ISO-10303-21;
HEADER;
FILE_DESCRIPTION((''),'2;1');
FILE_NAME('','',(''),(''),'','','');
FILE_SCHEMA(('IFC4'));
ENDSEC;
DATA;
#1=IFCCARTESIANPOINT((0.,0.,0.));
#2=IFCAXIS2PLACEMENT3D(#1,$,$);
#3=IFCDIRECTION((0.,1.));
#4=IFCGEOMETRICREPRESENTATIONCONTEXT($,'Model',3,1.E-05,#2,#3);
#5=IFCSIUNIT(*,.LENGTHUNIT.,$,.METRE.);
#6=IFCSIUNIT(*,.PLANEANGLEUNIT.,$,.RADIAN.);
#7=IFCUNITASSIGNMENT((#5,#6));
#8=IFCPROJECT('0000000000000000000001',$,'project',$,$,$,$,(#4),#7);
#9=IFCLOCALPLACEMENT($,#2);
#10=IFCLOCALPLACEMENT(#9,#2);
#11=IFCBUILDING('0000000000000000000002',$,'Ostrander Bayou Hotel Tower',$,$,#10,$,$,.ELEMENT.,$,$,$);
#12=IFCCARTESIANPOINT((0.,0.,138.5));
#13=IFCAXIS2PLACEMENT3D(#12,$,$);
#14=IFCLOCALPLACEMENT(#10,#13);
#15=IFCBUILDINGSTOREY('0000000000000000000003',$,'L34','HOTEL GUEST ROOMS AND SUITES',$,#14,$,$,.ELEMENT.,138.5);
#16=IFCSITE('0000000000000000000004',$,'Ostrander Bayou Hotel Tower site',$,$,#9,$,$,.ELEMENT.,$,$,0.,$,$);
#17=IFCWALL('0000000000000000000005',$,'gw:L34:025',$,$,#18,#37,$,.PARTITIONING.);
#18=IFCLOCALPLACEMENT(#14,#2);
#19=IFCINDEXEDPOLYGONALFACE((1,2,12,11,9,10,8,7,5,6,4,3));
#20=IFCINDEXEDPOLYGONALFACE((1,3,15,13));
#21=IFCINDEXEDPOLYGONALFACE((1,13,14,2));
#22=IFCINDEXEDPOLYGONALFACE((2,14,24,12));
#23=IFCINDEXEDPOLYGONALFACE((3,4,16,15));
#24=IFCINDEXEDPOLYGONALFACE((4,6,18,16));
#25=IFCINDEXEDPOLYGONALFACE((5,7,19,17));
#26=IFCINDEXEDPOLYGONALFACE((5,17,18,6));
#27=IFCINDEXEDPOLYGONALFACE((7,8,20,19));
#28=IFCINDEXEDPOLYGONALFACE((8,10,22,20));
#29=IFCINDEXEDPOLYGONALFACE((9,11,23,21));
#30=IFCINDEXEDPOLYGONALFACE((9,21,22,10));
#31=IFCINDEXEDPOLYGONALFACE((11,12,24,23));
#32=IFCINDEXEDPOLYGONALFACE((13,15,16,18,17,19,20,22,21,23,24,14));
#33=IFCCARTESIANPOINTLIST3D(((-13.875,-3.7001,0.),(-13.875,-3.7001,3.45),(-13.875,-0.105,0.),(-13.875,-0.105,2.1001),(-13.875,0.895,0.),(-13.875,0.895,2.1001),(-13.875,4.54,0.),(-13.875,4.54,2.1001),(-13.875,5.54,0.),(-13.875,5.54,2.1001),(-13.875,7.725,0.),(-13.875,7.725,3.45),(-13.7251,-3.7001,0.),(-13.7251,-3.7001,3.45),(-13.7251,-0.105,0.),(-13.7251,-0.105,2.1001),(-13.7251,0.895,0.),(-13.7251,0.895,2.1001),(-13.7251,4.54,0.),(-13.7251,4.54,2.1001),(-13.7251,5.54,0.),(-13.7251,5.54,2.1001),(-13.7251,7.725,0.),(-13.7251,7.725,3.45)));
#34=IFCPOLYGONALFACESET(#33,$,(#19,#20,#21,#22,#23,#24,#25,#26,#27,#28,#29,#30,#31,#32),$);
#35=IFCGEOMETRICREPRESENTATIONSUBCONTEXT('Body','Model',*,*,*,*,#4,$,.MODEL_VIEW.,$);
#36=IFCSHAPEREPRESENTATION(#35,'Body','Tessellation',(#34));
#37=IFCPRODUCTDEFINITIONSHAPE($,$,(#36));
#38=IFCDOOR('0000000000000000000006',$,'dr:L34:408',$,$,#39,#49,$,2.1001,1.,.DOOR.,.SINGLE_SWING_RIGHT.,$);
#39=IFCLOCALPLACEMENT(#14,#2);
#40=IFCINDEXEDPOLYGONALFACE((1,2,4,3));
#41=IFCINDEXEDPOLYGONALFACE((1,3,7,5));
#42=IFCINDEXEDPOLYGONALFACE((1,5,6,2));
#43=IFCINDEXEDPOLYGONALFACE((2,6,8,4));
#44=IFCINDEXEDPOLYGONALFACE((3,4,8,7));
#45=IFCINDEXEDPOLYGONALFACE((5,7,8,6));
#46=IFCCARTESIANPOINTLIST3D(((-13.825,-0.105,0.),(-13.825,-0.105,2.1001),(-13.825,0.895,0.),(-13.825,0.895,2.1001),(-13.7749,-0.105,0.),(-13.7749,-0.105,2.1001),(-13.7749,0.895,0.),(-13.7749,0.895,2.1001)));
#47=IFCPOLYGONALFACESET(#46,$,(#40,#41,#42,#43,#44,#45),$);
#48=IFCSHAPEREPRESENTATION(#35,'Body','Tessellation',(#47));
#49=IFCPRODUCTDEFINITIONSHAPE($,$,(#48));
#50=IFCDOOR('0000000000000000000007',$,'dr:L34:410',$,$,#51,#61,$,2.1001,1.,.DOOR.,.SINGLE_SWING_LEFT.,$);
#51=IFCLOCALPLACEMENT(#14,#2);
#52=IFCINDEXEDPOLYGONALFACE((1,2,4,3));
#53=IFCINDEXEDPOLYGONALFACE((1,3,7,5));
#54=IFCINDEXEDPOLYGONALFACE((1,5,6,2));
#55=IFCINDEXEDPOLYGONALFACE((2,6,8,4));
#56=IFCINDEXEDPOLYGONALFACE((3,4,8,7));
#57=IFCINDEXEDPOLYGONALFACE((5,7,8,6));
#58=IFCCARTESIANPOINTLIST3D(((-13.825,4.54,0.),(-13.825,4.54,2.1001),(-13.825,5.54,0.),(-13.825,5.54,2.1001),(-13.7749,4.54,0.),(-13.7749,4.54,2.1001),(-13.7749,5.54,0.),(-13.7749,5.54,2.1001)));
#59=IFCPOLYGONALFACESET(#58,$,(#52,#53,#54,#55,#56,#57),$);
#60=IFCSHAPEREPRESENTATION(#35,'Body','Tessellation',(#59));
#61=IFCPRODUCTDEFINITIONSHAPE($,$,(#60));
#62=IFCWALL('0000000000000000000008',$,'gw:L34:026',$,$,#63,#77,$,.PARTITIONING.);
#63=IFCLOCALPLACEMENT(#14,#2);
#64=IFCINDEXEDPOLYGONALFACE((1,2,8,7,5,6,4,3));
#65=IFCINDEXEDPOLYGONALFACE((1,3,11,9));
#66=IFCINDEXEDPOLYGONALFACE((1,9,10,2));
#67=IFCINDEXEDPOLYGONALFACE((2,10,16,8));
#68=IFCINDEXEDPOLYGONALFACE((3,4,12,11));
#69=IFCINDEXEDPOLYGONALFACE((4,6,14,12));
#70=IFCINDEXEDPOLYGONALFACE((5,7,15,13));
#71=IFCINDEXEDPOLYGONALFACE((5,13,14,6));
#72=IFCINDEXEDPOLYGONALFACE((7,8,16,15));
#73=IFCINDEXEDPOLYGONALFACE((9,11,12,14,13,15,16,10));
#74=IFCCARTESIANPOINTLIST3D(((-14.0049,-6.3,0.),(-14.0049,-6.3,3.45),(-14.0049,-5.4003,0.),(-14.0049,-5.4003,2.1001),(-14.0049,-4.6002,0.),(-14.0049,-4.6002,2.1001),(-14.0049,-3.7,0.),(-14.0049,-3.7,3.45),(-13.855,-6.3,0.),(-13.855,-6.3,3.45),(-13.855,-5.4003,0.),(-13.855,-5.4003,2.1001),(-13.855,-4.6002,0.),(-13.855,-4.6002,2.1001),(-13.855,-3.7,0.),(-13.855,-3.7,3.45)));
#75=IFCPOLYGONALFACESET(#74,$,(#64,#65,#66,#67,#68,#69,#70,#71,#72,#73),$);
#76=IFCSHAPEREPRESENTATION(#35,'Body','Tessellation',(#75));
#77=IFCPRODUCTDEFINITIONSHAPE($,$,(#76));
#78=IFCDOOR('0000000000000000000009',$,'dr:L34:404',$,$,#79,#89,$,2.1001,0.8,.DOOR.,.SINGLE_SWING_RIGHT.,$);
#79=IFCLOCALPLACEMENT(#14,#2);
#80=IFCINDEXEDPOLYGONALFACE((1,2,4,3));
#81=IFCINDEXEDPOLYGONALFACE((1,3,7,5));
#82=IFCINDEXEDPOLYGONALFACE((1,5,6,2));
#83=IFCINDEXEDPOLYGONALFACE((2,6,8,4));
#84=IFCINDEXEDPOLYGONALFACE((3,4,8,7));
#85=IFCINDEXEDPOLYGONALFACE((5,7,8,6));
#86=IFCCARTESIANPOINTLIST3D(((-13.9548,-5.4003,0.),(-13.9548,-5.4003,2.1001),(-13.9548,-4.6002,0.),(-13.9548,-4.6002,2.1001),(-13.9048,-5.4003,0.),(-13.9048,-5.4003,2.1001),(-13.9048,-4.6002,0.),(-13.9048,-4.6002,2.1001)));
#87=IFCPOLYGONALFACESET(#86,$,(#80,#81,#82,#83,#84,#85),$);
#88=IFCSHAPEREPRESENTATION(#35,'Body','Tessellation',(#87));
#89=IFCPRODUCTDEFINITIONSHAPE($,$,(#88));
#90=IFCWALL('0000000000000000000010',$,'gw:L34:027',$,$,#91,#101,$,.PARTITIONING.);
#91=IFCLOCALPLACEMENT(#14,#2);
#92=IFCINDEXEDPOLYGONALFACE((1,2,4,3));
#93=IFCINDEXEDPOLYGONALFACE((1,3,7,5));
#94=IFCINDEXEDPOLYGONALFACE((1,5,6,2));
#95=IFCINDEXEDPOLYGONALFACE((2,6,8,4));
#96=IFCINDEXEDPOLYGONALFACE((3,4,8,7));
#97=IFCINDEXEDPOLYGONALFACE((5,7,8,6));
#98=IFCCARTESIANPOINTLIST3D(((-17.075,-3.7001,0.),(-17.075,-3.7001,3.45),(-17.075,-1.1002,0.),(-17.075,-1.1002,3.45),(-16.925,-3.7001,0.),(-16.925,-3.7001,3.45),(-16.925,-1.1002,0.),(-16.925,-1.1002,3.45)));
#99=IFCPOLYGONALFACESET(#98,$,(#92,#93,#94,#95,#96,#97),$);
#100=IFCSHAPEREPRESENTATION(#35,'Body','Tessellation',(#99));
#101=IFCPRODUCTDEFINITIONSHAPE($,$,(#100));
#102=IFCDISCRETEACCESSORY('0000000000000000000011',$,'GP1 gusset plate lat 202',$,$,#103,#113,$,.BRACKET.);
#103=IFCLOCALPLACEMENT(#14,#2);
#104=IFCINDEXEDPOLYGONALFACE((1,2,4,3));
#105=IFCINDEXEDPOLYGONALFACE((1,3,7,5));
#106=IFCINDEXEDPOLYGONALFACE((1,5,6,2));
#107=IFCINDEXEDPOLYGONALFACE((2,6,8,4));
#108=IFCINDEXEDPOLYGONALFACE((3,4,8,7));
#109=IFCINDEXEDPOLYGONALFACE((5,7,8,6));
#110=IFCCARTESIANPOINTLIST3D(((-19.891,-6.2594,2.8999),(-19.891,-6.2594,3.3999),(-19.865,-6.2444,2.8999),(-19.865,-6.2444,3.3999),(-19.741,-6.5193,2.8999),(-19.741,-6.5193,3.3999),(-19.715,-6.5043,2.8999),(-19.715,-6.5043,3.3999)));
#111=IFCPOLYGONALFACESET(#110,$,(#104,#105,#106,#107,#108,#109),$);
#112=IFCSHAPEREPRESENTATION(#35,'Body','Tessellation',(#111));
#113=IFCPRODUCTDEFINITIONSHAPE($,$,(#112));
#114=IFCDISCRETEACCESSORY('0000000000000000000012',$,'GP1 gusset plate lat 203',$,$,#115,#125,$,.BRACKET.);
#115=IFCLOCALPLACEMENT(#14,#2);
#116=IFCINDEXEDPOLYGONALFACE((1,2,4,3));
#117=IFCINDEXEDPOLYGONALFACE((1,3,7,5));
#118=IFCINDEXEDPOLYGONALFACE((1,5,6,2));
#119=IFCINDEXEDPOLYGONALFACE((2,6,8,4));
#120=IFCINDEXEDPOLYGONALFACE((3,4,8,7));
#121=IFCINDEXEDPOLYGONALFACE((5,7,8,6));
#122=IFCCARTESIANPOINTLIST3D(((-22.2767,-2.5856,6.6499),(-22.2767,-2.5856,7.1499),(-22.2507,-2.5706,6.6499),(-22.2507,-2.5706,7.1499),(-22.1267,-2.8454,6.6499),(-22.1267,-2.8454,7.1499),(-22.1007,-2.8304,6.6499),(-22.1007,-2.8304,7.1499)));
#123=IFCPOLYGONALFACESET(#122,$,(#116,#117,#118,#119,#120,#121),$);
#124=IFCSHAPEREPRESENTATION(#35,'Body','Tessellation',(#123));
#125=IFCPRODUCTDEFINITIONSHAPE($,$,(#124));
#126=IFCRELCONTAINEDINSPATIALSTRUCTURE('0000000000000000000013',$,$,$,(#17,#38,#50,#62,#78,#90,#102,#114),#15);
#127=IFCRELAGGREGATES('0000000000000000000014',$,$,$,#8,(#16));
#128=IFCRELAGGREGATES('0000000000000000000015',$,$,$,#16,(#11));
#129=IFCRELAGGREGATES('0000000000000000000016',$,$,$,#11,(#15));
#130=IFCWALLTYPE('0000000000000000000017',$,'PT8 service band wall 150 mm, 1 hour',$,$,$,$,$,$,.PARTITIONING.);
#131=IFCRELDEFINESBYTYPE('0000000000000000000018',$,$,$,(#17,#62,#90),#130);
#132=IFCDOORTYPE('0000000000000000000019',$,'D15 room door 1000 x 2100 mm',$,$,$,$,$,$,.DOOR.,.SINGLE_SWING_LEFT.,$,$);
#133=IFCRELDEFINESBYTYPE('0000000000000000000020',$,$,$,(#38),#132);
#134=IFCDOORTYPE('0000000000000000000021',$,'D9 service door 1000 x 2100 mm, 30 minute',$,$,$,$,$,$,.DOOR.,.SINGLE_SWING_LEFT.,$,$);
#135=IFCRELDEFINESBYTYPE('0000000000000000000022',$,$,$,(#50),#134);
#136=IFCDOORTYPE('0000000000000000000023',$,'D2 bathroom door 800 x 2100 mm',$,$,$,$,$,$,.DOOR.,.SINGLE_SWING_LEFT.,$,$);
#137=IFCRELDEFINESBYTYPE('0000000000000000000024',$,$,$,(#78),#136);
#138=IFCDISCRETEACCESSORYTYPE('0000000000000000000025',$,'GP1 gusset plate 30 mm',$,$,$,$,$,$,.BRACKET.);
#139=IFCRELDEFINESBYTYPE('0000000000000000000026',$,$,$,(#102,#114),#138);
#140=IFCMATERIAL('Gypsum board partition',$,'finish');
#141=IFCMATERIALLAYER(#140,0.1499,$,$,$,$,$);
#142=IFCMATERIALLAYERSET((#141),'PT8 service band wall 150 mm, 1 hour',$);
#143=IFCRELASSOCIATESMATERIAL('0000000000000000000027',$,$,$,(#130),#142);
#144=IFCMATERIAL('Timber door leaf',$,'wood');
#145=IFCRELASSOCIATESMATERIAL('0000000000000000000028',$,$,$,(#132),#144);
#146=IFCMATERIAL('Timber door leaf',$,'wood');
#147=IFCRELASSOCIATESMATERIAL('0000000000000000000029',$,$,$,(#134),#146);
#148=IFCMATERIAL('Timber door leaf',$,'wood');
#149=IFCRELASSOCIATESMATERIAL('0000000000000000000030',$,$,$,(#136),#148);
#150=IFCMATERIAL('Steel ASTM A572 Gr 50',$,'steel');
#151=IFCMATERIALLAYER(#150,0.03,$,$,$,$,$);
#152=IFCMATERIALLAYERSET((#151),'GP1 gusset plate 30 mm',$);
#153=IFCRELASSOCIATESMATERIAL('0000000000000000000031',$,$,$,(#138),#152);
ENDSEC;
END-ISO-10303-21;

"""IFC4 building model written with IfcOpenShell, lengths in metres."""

from ifc_helpers import new_model, si_unit, direction, frame, frame_2d, origin, origin_2d, place, context, subcontext, project, spatial, rectangle, extrude, material, layer, layer_set, type_object, element, fill, save


model = new_model("IFC4")

# Units and contexts
model_context = context("Model", 3, precision=1e-05, world=origin(), true_north=direction((0.0, 1.0)))
body_context = subcontext(model_context, "Body", "Model", "MODEL_VIEW")
ifc_project = project(units=[si_unit("LENGTHUNIT", "METRE"), si_unit("PLANEANGLEUNIT", "RADIAN")], contexts=[model_context])

# Site, building, storey
site_placement = place(None, origin())
site = spatial("IfcSite", under=ifc_project, at=site_placement, Name="Ostrander Bayou Hotel Tower site", CompositionType="ELEMENT", RefElevation=0.0)
building_placement = place(site_placement, origin())
building = spatial("IfcBuilding", under=site, at=building_placement, Name="Ostrander Bayou Hotel Tower", CompositionType="ELEMENT")
storey_placement = place(building_placement, frame((0.0, 0.0, 138.5)))
storey = spatial("IfcBuildingStorey", under=building, at=storey_placement, Name="L34", Description="HOTEL GUEST ROOMS AND SUITES", CompositionType="ELEMENT", Elevation=138.5)

# Shared definitions
ifc_material_1 = material(Name="Gypsum board partition", Category="finish")
ifc_layer_1 = layer(ifc_material_1, 0.1499)
ifc_layer_set_1 = layer_set([ifc_layer_1], Name="PT8 service band wall 150 mm, 1 hour")
wall_type_1 = type_object("IfcWallType", Name="PT8 service band wall 150 mm, 1 hour", PredefinedType="PARTITIONING", material=ifc_layer_set_1)

# Wall, openings, doors
wall_1_placement = place(storey_placement, frame((-13.8, -3.7, 0.0), z_axis=(0.0, 0.0, 1.0), x_axis=(0.0, 1.0, 0.0)))
wall_1 = element("IfcWall", 1, at=wall_1_placement, inside=storey, type_object=wall_type_1, Name="gw:L34:025", PredefinedType="PARTITIONING", context=body_context, shape_type="SweptSolid", body=[
    extrude(rectangle(XDim=11.425, YDim=0.1499, at=frame_2d((5.7124, 0.0))), origin(), (0.0, 0.0, 1.0), 3.45),
])
opening_1_placement = place(wall_1_placement, frame((3.595, 0.0, 0.0)))
opening_1 = element("IfcOpeningElement", 2, at=opening_1_placement, cuts=wall_1, PredefinedType="OPENING", context=body_context, shape_type="SweptSolid", body=[
    extrude(rectangle(XDim=1.0, YDim=2.1001, at=frame_2d((0.5, 1.05))), frame((0.0, 0.075, 0.0), z_axis=(0.0, -1.0, 0.0), x_axis=(1.0, 0.0, 0.0)), (0.0, 0.0, 1.0), 0.1499),
])
opening_2_placement = place(wall_1_placement, frame((8.24, 0.0, 0.0)))
opening_2 = element("IfcOpeningElement", 3, at=opening_2_placement, cuts=wall_1, PredefinedType="OPENING", context=body_context, shape_type="SweptSolid", body=[
    extrude(rectangle(XDim=1.0, YDim=2.1001, at=frame_2d((0.5, 1.05))), frame((0.0, 0.075, 0.0), z_axis=(0.0, -1.0, 0.0), x_axis=(1.0, 0.0, 0.0)), (0.0, 0.0, 1.0), 0.1499),
])
ifc_material_2 = material(Name="Timber door leaf", Category="wood")
door_type_1 = type_object("IfcDoorType", Name="D15 room door 1000 x 2100 mm", OperationType="SINGLE_SWING_LEFT", PredefinedType="DOOR", material=ifc_material_2)
door_1_placement = place(opening_1_placement, origin())
door_1 = element("IfcDoor", 4, at=door_1_placement, inside=storey, type_object=door_type_1, Name="dr:L34:408", OperationType="SINGLE_SWING_RIGHT", OverallHeight=2.1001, OverallWidth=1.0, PredefinedType="DOOR", context=body_context, shape_type="SweptSolid", body=[
    extrude(rectangle(XDim=1.0, YDim=2.1001, at=frame_2d((0.5, 1.05))), frame((0.0, 0.0249, 0.0), z_axis=(0.0, -1.0, 0.0), x_axis=(1.0, 0.0, 0.0)), (0.0, 0.0, 1.0), 0.05),
])
fill(opening_1, door_1)
ifc_material_3 = material(Name="Timber door leaf", Category="wood")
door_type_2 = type_object("IfcDoorType", Name="D9 service door 1000 x 2100 mm, 30 minute", OperationType="SINGLE_SWING_LEFT", PredefinedType="DOOR", material=ifc_material_3)
door_2_placement = place(opening_2_placement, origin())
door_2 = element("IfcDoor", 5, at=door_2_placement, inside=storey, type_object=door_type_2, Name="dr:L34:410", OperationType="SINGLE_SWING_LEFT", OverallHeight=2.1001, OverallWidth=1.0, PredefinedType="DOOR", context=body_context, shape_type="SweptSolid", body=[
    extrude(rectangle(XDim=1.0, YDim=2.1001, at=frame_2d((0.5, 1.05))), frame((0.0, 0.0249, 0.0), z_axis=(0.0, -1.0, 0.0), x_axis=(1.0, 0.0, 0.0)), (0.0, 0.0, 1.0), 0.05),
])
fill(opening_2, door_2)

# Wall, opening, door
wall_2_placement = place(storey_placement, frame((-13.9299, -6.3, 0.0), z_axis=(0.0, 0.0, 1.0), x_axis=(0.0, 1.0, 0.0)))
wall_2 = element("IfcWall", 6, at=wall_2_placement, inside=storey, type_object=wall_type_1, Name="gw:L34:026", PredefinedType="PARTITIONING", context=body_context, shape_type="SweptSolid", body=[
    extrude(rectangle(XDim=2.6001, YDim=0.1499, at=frame_2d((1.3, 0.0))), origin(), (0.0, 0.0, 1.0), 3.45),
])
opening_3_placement = place(wall_2_placement, frame((0.8999, 0.0, 0.0)))
opening_3 = element("IfcOpeningElement", 7, at=opening_3_placement, cuts=wall_2, PredefinedType="OPENING", context=body_context, shape_type="SweptSolid", body=[
    extrude(rectangle(XDim=0.8, YDim=2.1001, at=frame_2d((0.3999, 1.05))), frame((0.0, 0.075, 0.0), z_axis=(0.0, -1.0, 0.0), x_axis=(1.0, 0.0, 0.0)), (0.0, 0.0, 1.0), 0.1499),
])
ifc_material_4 = material(Name="Timber door leaf", Category="wood")
door_type_3 = type_object("IfcDoorType", Name="D2 bathroom door 800 x 2100 mm", OperationType="SINGLE_SWING_LEFT", PredefinedType="DOOR", material=ifc_material_4)
door_3_placement = place(opening_3_placement, origin())
door_3 = element("IfcDoor", 8, at=door_3_placement, inside=storey, type_object=door_type_3, Name="dr:L34:404", OperationType="SINGLE_SWING_RIGHT", OverallHeight=2.1001, OverallWidth=0.8, PredefinedType="DOOR", context=body_context, shape_type="SweptSolid", body=[
    extrude(rectangle(XDim=0.8, YDim=2.1001, at=frame_2d((0.3999, 1.05))), frame((0.0, 0.0249, 0.0), z_axis=(0.0, -1.0, 0.0), x_axis=(1.0, 0.0, 0.0)), (0.0, 0.0, 1.0), 0.05),
])
fill(opening_3, door_3)

# Wall
wall_3_placement = place(storey_placement, frame((-17.0, -3.7, 0.0), z_axis=(0.0, 0.0, 1.0), x_axis=(0.0, 1.0, 0.0)))
element("IfcWall", 9, at=wall_3_placement, inside=storey, type_object=wall_type_1, Name="gw:L34:027", PredefinedType="PARTITIONING", context=body_context, shape_type="SweptSolid", body=[
    extrude(rectangle(XDim=2.5999, YDim=0.1499, at=frame_2d((1.2998, 0.0))), origin(), (0.0, 0.0, 1.0), 3.45),
])

# Discrete accessories
ifc_material_5 = material(Name="Steel ASTM A572 Gr 50", Category="steel")
ifc_layer_2 = layer(ifc_material_5, 0.03)
ifc_layer_set_2 = layer_set([ifc_layer_2], Name="GP1 gusset plate 30 mm")
discrete_accessory_type = type_object("IfcDiscreteAccessoryType", Name="GP1 gusset plate 30 mm", PredefinedType="BRACKET", material=ifc_layer_set_2)
for number, where, z_axis, x_axis, name in (
    (10, (-19.803, -6.3818, 2.8999), (0.0, 0.0, 1.0), (0.5, -0.866025, 0.0), "GP1 gusset plate lat 202"),
    (11, (-22.1887, -2.708, 6.6499), (0.0, 0.0, 1.0), (0.5, -0.866025, 0.0), "GP1 gusset plate lat 203"),
):
    element("IfcDiscreteAccessory", number, at=place(storey_placement, frame(where, z_axis=z_axis, x_axis=x_axis)), inside=storey, type_object=discrete_accessory_type, Name=name, PredefinedType="BRACKET", context=body_context, shape_type="SweptSolid", body=[
        extrude(rectangle(XDim=0.3, YDim=0.03, at=origin_2d()), origin(), (0.0, 0.0, 1.0), 0.5),
    ])

save(model, "model.ifc")
